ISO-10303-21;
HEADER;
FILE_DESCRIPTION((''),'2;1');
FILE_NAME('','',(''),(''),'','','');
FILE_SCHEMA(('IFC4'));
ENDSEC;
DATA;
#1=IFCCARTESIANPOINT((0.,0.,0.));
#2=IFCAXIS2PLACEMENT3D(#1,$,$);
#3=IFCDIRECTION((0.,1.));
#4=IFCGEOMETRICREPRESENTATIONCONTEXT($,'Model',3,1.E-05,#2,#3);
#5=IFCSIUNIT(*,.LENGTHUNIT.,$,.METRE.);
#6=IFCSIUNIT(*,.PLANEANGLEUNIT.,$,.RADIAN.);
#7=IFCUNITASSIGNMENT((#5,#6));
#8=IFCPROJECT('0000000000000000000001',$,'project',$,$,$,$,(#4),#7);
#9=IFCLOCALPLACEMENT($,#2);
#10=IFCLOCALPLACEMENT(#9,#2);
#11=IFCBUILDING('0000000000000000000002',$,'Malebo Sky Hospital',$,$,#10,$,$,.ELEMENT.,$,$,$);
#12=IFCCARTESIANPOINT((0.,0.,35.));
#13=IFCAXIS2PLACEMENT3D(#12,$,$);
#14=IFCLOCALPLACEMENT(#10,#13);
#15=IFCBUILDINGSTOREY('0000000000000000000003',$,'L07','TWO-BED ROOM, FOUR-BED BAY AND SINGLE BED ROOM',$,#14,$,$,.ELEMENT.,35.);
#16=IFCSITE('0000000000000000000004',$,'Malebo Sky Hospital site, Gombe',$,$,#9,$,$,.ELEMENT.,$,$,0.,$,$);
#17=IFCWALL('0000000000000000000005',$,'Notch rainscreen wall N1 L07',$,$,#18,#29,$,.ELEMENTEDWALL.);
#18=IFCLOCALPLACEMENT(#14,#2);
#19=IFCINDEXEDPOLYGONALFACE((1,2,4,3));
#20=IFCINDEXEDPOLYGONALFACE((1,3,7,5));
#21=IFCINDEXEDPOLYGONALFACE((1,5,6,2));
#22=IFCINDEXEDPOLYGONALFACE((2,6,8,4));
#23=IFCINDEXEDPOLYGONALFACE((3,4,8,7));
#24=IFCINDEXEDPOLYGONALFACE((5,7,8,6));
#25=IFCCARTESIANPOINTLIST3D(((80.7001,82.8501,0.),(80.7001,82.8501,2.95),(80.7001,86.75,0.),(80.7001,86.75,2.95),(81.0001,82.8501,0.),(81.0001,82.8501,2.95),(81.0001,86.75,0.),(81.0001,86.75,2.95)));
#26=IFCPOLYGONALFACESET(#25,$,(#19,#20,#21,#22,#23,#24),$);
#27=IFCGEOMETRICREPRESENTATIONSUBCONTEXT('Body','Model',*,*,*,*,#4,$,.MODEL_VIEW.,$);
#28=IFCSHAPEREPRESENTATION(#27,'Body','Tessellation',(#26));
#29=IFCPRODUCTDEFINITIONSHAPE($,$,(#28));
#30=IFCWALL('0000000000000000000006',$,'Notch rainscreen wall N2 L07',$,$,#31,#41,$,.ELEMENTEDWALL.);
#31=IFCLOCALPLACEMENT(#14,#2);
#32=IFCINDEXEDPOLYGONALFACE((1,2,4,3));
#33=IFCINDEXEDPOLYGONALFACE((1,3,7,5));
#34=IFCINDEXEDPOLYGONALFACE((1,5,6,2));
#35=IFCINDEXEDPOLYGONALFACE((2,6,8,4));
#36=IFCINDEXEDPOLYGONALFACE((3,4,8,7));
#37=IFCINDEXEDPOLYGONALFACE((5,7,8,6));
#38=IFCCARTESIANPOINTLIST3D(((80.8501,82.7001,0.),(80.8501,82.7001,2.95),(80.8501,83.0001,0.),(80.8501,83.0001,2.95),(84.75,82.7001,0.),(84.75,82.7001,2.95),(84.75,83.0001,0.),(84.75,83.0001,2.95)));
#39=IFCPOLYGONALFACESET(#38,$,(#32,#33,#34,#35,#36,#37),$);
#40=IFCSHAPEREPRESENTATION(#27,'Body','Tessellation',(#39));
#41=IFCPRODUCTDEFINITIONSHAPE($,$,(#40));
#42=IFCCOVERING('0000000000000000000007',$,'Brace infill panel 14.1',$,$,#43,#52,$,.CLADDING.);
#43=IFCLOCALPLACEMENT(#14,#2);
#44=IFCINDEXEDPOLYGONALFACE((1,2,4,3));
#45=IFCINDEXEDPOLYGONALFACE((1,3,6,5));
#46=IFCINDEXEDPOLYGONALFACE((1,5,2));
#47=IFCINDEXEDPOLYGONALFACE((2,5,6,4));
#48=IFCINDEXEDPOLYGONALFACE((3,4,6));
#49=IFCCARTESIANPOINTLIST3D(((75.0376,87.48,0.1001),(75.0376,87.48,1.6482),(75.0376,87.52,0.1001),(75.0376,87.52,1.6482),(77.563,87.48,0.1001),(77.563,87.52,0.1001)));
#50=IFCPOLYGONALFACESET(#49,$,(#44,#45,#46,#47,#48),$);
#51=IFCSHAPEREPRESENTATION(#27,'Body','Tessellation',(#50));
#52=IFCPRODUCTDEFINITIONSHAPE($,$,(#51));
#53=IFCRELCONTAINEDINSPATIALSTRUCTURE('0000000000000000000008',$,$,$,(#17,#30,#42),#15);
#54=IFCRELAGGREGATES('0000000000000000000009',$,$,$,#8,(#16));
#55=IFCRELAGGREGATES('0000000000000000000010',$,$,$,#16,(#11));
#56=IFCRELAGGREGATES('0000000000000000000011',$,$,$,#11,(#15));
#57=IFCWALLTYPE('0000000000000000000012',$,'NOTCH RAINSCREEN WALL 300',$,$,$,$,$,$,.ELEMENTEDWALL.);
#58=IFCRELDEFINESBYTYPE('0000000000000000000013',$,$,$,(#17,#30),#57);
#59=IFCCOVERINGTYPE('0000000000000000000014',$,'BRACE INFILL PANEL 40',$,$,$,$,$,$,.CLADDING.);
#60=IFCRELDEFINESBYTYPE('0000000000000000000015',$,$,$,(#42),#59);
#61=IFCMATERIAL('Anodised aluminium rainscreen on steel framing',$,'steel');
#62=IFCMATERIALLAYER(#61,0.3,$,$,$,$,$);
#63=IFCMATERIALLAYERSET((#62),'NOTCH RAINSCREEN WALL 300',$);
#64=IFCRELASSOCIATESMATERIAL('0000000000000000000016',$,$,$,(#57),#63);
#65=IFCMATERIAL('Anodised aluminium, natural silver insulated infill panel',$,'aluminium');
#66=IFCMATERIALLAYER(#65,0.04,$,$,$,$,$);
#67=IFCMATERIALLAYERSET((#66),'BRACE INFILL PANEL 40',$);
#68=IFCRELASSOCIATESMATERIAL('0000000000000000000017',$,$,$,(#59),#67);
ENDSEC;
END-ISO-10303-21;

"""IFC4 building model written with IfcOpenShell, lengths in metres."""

from ifc_helpers import new_model, si_unit, direction, frame, frame_2d, origin, place, context, subcontext, project, spatial, polyline, rectangle, outline, extrude, material, layer, layer_set, type_object, element, save


model = new_model("IFC4")

# Units and contexts
model_context = context("Model", 3, precision=1e-05, world=origin(), true_north=direction((0.0, 1.0)))
body_context = subcontext(model_context, "Body", "Model", "MODEL_VIEW")
ifc_project = project(units=[si_unit("LENGTHUNIT", "METRE"), si_unit("PLANEANGLEUNIT", "RADIAN")], contexts=[model_context])

# Site, building, storey
site_placement = place(None, origin())
site = spatial("IfcSite", under=ifc_project, at=site_placement, Name="Malebo Sky Hospital site, Gombe", CompositionType="ELEMENT", RefElevation=0.0)
building_placement = place(site_placement, origin())
building = spatial("IfcBuilding", under=site, at=building_placement, Name="Malebo Sky Hospital", CompositionType="ELEMENT")
storey_placement = place(building_placement, frame((0.0, 0.0, 35.0)))
storey = spatial("IfcBuildingStorey", under=building, at=storey_placement, Name="L07", Description="TWO-BED ROOM, FOUR-BED BAY AND SINGLE BED ROOM", CompositionType="ELEMENT", Elevation=35.0)

# Walls
ifc_material_1 = material(Name="Anodised aluminium rainscreen on steel framing", Category="steel")
ifc_layer_1 = layer(ifc_material_1, 0.3)
ifc_layer_set_1 = layer_set([ifc_layer_1], Name="NOTCH RAINSCREEN WALL 300")
wall_type = type_object("IfcWallType", Name="NOTCH RAINSCREEN WALL 300", PredefinedType="ELEMENTEDWALL", material=ifc_layer_set_1)
for number, where, z_axis, x_axis, name in (
    (1, (80.8501, 86.75, 0.0), (0.0, 0.0, 1.0), (0.0, -1.0, 0.0), "Notch rainscreen wall N1 L07"),
    (2, (80.8501, 82.8501, 0.0), (0.0, 0.0, 1.0), (1.0, 0.0, 0.0), "Notch rainscreen wall N2 L07"),
):
    element("IfcWall", number, at=place(storey_placement, frame(where, z_axis=z_axis, x_axis=x_axis)), inside=storey, type_object=wall_type, Name=name, PredefinedType="ELEMENTEDWALL", context=body_context, shape_type="SweptSolid", body=[
        extrude(rectangle(XDim=3.8999, YDim=0.3, at=frame_2d((1.95, 0.0))), origin(), (0.0, 0.0, 1.0), 2.95),
    ])

# Covering
ifc_material_2 = material(Name="Anodised aluminium, natural silver insulated infill panel", Category="aluminium")
ifc_layer_2 = layer(ifc_material_2, 0.04)
ifc_layer_set_2 = layer_set([ifc_layer_2], Name="BRACE INFILL PANEL 40")
covering_type = type_object("IfcCoveringType", Name="BRACE INFILL PANEL 40", PredefinedType="CLADDING", material=ifc_layer_set_2)
covering_placement = place(storey_placement, frame((76.3003, 87.5, 0.1001), z_axis=(0.0, 0.0, 1.0), x_axis=(1.0, 0.0, 0.0)))
element("IfcCovering", 3, at=covering_placement, inside=storey, type_object=covering_type, Name="Brace infill panel 14.1", PredefinedType="CLADDING", context=body_context, shape_type="SweptSolid", body=[
    extrude(outline(polyline([(-1.2627, 0.0), (1.2627, 0.0), (-1.2627, 1.5481), (-1.2627, 0.0)])), frame((0.0, 0.02, 0.0), z_axis=(0.0, -1.0, 0.0), x_axis=(1.0, 0.0, 0.0)), (0.0, 0.0, 1.0), 0.04),
])

save(model, "model.ifc")
